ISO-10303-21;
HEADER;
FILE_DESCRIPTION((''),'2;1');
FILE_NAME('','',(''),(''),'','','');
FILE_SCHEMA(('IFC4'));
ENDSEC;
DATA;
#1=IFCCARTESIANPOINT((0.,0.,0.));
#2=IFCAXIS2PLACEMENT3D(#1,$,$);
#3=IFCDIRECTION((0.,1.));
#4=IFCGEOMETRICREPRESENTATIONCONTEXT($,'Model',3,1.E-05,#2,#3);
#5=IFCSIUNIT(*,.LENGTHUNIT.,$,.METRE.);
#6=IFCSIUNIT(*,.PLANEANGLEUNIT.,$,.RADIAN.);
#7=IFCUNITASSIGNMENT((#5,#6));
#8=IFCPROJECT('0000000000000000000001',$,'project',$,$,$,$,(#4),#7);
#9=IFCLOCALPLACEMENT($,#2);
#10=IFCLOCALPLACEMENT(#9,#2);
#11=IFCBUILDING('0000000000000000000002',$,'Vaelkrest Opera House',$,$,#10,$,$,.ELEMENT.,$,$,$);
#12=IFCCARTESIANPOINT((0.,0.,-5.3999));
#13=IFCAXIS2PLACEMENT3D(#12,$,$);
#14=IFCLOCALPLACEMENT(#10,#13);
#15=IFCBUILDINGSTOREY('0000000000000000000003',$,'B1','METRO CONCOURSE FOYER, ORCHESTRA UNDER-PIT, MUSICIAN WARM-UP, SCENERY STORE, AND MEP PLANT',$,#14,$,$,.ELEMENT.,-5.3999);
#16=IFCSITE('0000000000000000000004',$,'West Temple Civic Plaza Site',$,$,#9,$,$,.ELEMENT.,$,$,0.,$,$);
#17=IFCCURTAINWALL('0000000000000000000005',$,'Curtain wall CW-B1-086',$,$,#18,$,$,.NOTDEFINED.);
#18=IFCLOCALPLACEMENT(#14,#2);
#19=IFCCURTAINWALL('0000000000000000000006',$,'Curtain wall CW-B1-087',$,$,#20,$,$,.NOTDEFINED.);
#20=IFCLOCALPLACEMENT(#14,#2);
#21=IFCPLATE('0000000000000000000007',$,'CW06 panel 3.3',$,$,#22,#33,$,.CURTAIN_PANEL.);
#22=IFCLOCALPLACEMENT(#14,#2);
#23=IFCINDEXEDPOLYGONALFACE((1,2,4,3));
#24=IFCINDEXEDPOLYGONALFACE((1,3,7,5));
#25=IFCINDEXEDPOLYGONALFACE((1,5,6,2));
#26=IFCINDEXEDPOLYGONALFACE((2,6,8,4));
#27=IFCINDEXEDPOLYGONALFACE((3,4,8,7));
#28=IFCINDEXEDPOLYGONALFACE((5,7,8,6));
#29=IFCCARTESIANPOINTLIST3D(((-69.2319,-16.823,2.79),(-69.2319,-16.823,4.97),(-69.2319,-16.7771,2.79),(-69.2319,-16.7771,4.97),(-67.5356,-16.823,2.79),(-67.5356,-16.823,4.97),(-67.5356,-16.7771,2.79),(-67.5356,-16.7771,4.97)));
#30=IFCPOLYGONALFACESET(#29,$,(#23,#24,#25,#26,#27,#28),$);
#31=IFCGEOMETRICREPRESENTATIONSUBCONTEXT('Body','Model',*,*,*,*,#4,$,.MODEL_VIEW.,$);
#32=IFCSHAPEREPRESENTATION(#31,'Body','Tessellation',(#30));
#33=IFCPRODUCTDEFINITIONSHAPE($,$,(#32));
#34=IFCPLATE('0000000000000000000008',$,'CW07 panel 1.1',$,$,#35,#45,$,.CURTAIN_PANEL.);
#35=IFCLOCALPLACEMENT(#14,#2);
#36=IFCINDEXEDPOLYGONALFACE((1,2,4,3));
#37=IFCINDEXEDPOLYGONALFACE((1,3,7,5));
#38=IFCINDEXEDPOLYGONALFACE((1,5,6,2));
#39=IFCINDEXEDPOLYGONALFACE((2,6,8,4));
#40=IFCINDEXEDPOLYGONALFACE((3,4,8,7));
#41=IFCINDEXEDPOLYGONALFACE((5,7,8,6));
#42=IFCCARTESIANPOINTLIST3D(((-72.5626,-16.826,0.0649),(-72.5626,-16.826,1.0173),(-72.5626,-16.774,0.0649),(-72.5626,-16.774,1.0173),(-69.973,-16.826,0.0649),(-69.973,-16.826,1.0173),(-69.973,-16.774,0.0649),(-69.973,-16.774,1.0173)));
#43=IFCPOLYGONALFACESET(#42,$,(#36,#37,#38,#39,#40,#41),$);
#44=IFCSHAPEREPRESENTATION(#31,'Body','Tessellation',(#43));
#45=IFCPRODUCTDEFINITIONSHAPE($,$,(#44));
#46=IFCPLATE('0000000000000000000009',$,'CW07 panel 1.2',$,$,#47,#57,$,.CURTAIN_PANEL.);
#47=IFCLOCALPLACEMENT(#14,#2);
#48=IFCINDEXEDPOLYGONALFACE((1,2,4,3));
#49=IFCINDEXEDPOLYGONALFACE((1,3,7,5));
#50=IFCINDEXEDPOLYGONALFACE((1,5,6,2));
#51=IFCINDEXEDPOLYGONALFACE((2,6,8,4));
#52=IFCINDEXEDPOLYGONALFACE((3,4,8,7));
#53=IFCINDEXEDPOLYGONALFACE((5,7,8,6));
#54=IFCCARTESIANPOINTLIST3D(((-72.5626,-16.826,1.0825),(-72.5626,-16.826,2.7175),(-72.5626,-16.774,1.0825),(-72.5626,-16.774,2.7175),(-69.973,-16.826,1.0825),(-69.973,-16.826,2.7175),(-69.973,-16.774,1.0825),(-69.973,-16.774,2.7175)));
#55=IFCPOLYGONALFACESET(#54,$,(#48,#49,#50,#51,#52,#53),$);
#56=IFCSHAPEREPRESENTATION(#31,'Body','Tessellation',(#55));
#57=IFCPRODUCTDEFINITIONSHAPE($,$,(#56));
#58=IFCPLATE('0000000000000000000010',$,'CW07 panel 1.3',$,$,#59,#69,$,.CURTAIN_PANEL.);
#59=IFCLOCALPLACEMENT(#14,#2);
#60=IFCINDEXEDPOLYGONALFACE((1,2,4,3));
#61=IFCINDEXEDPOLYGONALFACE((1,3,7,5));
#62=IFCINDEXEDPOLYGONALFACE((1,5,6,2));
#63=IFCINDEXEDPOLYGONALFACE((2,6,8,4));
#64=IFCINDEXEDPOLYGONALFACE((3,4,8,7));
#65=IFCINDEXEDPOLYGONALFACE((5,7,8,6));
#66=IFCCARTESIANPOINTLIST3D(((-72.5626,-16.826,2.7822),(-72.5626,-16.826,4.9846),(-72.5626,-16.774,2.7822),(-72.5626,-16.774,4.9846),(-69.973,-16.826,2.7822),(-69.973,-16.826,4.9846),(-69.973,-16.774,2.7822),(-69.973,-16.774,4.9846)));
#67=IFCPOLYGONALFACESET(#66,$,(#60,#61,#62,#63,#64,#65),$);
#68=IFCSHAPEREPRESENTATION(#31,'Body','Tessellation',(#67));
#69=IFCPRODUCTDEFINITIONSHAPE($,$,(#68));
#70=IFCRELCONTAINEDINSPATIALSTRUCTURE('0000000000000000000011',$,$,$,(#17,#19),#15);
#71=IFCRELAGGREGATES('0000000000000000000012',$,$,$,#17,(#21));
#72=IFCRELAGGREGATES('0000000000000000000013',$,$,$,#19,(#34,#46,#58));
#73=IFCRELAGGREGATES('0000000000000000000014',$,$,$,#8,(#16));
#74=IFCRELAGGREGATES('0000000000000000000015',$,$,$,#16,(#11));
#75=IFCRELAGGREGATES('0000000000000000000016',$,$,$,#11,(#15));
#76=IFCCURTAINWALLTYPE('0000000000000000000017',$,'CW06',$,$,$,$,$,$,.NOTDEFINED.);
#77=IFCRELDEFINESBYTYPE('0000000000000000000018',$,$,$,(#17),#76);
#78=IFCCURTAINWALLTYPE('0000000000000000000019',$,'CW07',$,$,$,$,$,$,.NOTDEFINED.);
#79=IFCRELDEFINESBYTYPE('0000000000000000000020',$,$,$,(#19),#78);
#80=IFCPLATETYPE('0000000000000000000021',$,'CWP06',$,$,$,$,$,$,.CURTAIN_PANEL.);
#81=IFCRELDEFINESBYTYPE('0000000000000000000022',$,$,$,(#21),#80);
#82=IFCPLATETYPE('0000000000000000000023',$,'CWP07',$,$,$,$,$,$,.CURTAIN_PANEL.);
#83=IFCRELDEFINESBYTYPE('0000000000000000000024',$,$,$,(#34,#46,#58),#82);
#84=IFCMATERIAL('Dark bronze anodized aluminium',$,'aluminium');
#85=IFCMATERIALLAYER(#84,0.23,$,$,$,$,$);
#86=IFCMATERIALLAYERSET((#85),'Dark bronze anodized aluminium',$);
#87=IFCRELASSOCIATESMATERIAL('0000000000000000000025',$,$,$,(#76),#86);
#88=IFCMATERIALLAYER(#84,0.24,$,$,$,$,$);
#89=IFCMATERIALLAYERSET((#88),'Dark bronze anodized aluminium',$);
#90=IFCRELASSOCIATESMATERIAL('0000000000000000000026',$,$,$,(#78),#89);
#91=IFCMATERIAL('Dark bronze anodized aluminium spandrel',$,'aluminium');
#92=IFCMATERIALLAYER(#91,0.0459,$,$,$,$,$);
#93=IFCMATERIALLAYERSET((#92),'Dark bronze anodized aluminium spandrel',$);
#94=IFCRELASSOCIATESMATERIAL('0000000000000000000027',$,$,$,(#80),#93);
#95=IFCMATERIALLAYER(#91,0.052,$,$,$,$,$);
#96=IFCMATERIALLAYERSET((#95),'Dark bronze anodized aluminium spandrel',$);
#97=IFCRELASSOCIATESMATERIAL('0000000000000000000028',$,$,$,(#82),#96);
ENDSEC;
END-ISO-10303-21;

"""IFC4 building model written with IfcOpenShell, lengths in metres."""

from ifc_helpers import new_model, si_unit, direction, frame, origin, origin_2d, place, context, subcontext, project, spatial, rectangle, extrude, material, layer, layer_set, type_object, element, aggregate, save


model = new_model("IFC4")

# Units and contexts
model_context = context("Model", 3, precision=1e-05, world=origin(), true_north=direction((0.0, 1.0)))
body_context = subcontext(model_context, "Body", "Model", "MODEL_VIEW")
ifc_project = project(units=[si_unit("LENGTHUNIT", "METRE"), si_unit("PLANEANGLEUNIT", "RADIAN")], contexts=[model_context])

# Site, building, storey
site_placement = place(None, origin())
site = spatial("IfcSite", under=ifc_project, at=site_placement, Name="West Temple Civic Plaza Site", CompositionType="ELEMENT", RefElevation=0.0)
building_placement = place(site_placement, origin())
building = spatial("IfcBuilding", under=site, at=building_placement, Name="Vaelkrest Opera House", CompositionType="ELEMENT")
storey_placement = place(building_placement, frame((0.0, 0.0, -5.3999)))
storey = spatial("IfcBuildingStorey", under=building, at=storey_placement, Name="B1", Description="METRO CONCOURSE FOYER, ORCHESTRA UNDER-PIT, MUSICIAN WARM-UP, SCENERY STORE, AND MEP PLANT", CompositionType="ELEMENT", Elevation=-5.3999)

# Curtain walls
ifc_material_1 = material(Name="Dark bronze anodized aluminium", Category="aluminium")
ifc_layer_1 = layer(ifc_material_1, 0.23)
ifc_layer_set_1 = layer_set([ifc_layer_1], Name="Dark bronze anodized aluminium")
curtain_wall_type_1 = type_object("IfcCurtainWallType", Name="CW06", PredefinedType="NOTDEFINED", material=ifc_layer_set_1)
curtain_wall_1_placement = place(storey_placement, origin())
curtain_wall_1 = element("IfcCurtainWall", 1, at=curtain_wall_1_placement, inside=storey, type_object=curtain_wall_type_1, Name="Curtain wall CW-B1-086", PredefinedType="NOTDEFINED")
ifc_layer_2 = layer(ifc_material_1, 0.24)
ifc_layer_set_2 = layer_set([ifc_layer_2], Name="Dark bronze anodized aluminium")
curtain_wall_type_2 = type_object("IfcCurtainWallType", Name="CW07", PredefinedType="NOTDEFINED", material=ifc_layer_set_2)
curtain_wall_2_placement = place(storey_placement, origin())
curtain_wall_2 = element("IfcCurtainWall", 2, at=curtain_wall_2_placement, inside=storey, type_object=curtain_wall_type_2, Name="Curtain wall CW-B1-087", PredefinedType="NOTDEFINED")

# Plates
ifc_material_2 = material(Name="Dark bronze anodized aluminium spandrel", Category="aluminium")
ifc_layer_3 = layer(ifc_material_2, 0.0459)
ifc_layer_set_3 = layer_set([ifc_layer_3], Name="Dark bronze anodized aluminium spandrel")
plate_type_1 = type_object("IfcPlateType", Name="CWP06", PredefinedType="CURTAIN_PANEL", material=ifc_layer_set_3)
plate_1_placement = place(storey_placement, frame((-68.3838, -16.8, 2.79), z_axis=(0.0, 0.0, 1.0), x_axis=(-1.0, 0.0, 0.0)))
plate_1 = element("IfcPlate", 3, at=plate_1_placement, type_object=plate_type_1, Name="CW06 panel 3.3", PredefinedType="CURTAIN_PANEL", context=body_context, shape_type="SweptSolid", body=[
    extrude(rectangle(XDim=1.6963, YDim=0.0459, at=origin_2d()), origin(), (0.0, 0.0, 1.0), 2.1799),
])
aggregate(curtain_wall_1, [plate_1])
ifc_layer_4 = layer(ifc_material_2, 0.052)
ifc_layer_set_4 = layer_set([ifc_layer_4], Name="Dark bronze anodized aluminium spandrel")
plate_type_2 = type_object("IfcPlateType", Name="CWP07", PredefinedType="CURTAIN_PANEL", material=ifc_layer_set_4)
plate_2_placement = place(storey_placement, frame((-71.2678, -16.8, 0.0649), z_axis=(0.0, 0.0, 1.0), x_axis=(-1.0, 0.0, 0.0)))
plate_2 = element("IfcPlate", 4, at=plate_2_placement, type_object=plate_type_2, Name="CW07 panel 1.1", PredefinedType="CURTAIN_PANEL", context=body_context, shape_type="SweptSolid", body=[
    extrude(rectangle(XDim=2.5896, YDim=0.052, at=origin_2d()), origin(), (0.0, 0.0, 1.0), 0.9524),
])
plate_3_placement = place(storey_placement, frame((-71.2678, -16.8, 1.0825), z_axis=(0.0, 0.0, 1.0), x_axis=(-1.0, 0.0, 0.0)))
plate_3 = element("IfcPlate", 5, at=plate_3_placement, type_object=plate_type_2, Name="CW07 panel 1.2", PredefinedType="CURTAIN_PANEL", context=body_context, shape_type="SweptSolid", body=[
    extrude(rectangle(XDim=2.5896, YDim=0.052, at=origin_2d()), origin(), (0.0, 0.0, 1.0), 1.635),
])
plate_4_placement = place(storey_placement, frame((-71.2678, -16.8, 2.7822), z_axis=(0.0, 0.0, 1.0), x_axis=(-1.0, 0.0, 0.0)))
plate_4 = element("IfcPlate", 6, at=plate_4_placement, type_object=plate_type_2, Name="CW07 panel 1.3", PredefinedType="CURTAIN_PANEL", context=body_context, shape_type="SweptSolid", body=[
    extrude(rectangle(XDim=2.5896, YDim=0.052, at=origin_2d()), origin(), (0.0, 0.0, 1.0), 2.2024),
])
aggregate(curtain_wall_2, [plate_2, plate_3, plate_4])

save(model, "model.ifc")
